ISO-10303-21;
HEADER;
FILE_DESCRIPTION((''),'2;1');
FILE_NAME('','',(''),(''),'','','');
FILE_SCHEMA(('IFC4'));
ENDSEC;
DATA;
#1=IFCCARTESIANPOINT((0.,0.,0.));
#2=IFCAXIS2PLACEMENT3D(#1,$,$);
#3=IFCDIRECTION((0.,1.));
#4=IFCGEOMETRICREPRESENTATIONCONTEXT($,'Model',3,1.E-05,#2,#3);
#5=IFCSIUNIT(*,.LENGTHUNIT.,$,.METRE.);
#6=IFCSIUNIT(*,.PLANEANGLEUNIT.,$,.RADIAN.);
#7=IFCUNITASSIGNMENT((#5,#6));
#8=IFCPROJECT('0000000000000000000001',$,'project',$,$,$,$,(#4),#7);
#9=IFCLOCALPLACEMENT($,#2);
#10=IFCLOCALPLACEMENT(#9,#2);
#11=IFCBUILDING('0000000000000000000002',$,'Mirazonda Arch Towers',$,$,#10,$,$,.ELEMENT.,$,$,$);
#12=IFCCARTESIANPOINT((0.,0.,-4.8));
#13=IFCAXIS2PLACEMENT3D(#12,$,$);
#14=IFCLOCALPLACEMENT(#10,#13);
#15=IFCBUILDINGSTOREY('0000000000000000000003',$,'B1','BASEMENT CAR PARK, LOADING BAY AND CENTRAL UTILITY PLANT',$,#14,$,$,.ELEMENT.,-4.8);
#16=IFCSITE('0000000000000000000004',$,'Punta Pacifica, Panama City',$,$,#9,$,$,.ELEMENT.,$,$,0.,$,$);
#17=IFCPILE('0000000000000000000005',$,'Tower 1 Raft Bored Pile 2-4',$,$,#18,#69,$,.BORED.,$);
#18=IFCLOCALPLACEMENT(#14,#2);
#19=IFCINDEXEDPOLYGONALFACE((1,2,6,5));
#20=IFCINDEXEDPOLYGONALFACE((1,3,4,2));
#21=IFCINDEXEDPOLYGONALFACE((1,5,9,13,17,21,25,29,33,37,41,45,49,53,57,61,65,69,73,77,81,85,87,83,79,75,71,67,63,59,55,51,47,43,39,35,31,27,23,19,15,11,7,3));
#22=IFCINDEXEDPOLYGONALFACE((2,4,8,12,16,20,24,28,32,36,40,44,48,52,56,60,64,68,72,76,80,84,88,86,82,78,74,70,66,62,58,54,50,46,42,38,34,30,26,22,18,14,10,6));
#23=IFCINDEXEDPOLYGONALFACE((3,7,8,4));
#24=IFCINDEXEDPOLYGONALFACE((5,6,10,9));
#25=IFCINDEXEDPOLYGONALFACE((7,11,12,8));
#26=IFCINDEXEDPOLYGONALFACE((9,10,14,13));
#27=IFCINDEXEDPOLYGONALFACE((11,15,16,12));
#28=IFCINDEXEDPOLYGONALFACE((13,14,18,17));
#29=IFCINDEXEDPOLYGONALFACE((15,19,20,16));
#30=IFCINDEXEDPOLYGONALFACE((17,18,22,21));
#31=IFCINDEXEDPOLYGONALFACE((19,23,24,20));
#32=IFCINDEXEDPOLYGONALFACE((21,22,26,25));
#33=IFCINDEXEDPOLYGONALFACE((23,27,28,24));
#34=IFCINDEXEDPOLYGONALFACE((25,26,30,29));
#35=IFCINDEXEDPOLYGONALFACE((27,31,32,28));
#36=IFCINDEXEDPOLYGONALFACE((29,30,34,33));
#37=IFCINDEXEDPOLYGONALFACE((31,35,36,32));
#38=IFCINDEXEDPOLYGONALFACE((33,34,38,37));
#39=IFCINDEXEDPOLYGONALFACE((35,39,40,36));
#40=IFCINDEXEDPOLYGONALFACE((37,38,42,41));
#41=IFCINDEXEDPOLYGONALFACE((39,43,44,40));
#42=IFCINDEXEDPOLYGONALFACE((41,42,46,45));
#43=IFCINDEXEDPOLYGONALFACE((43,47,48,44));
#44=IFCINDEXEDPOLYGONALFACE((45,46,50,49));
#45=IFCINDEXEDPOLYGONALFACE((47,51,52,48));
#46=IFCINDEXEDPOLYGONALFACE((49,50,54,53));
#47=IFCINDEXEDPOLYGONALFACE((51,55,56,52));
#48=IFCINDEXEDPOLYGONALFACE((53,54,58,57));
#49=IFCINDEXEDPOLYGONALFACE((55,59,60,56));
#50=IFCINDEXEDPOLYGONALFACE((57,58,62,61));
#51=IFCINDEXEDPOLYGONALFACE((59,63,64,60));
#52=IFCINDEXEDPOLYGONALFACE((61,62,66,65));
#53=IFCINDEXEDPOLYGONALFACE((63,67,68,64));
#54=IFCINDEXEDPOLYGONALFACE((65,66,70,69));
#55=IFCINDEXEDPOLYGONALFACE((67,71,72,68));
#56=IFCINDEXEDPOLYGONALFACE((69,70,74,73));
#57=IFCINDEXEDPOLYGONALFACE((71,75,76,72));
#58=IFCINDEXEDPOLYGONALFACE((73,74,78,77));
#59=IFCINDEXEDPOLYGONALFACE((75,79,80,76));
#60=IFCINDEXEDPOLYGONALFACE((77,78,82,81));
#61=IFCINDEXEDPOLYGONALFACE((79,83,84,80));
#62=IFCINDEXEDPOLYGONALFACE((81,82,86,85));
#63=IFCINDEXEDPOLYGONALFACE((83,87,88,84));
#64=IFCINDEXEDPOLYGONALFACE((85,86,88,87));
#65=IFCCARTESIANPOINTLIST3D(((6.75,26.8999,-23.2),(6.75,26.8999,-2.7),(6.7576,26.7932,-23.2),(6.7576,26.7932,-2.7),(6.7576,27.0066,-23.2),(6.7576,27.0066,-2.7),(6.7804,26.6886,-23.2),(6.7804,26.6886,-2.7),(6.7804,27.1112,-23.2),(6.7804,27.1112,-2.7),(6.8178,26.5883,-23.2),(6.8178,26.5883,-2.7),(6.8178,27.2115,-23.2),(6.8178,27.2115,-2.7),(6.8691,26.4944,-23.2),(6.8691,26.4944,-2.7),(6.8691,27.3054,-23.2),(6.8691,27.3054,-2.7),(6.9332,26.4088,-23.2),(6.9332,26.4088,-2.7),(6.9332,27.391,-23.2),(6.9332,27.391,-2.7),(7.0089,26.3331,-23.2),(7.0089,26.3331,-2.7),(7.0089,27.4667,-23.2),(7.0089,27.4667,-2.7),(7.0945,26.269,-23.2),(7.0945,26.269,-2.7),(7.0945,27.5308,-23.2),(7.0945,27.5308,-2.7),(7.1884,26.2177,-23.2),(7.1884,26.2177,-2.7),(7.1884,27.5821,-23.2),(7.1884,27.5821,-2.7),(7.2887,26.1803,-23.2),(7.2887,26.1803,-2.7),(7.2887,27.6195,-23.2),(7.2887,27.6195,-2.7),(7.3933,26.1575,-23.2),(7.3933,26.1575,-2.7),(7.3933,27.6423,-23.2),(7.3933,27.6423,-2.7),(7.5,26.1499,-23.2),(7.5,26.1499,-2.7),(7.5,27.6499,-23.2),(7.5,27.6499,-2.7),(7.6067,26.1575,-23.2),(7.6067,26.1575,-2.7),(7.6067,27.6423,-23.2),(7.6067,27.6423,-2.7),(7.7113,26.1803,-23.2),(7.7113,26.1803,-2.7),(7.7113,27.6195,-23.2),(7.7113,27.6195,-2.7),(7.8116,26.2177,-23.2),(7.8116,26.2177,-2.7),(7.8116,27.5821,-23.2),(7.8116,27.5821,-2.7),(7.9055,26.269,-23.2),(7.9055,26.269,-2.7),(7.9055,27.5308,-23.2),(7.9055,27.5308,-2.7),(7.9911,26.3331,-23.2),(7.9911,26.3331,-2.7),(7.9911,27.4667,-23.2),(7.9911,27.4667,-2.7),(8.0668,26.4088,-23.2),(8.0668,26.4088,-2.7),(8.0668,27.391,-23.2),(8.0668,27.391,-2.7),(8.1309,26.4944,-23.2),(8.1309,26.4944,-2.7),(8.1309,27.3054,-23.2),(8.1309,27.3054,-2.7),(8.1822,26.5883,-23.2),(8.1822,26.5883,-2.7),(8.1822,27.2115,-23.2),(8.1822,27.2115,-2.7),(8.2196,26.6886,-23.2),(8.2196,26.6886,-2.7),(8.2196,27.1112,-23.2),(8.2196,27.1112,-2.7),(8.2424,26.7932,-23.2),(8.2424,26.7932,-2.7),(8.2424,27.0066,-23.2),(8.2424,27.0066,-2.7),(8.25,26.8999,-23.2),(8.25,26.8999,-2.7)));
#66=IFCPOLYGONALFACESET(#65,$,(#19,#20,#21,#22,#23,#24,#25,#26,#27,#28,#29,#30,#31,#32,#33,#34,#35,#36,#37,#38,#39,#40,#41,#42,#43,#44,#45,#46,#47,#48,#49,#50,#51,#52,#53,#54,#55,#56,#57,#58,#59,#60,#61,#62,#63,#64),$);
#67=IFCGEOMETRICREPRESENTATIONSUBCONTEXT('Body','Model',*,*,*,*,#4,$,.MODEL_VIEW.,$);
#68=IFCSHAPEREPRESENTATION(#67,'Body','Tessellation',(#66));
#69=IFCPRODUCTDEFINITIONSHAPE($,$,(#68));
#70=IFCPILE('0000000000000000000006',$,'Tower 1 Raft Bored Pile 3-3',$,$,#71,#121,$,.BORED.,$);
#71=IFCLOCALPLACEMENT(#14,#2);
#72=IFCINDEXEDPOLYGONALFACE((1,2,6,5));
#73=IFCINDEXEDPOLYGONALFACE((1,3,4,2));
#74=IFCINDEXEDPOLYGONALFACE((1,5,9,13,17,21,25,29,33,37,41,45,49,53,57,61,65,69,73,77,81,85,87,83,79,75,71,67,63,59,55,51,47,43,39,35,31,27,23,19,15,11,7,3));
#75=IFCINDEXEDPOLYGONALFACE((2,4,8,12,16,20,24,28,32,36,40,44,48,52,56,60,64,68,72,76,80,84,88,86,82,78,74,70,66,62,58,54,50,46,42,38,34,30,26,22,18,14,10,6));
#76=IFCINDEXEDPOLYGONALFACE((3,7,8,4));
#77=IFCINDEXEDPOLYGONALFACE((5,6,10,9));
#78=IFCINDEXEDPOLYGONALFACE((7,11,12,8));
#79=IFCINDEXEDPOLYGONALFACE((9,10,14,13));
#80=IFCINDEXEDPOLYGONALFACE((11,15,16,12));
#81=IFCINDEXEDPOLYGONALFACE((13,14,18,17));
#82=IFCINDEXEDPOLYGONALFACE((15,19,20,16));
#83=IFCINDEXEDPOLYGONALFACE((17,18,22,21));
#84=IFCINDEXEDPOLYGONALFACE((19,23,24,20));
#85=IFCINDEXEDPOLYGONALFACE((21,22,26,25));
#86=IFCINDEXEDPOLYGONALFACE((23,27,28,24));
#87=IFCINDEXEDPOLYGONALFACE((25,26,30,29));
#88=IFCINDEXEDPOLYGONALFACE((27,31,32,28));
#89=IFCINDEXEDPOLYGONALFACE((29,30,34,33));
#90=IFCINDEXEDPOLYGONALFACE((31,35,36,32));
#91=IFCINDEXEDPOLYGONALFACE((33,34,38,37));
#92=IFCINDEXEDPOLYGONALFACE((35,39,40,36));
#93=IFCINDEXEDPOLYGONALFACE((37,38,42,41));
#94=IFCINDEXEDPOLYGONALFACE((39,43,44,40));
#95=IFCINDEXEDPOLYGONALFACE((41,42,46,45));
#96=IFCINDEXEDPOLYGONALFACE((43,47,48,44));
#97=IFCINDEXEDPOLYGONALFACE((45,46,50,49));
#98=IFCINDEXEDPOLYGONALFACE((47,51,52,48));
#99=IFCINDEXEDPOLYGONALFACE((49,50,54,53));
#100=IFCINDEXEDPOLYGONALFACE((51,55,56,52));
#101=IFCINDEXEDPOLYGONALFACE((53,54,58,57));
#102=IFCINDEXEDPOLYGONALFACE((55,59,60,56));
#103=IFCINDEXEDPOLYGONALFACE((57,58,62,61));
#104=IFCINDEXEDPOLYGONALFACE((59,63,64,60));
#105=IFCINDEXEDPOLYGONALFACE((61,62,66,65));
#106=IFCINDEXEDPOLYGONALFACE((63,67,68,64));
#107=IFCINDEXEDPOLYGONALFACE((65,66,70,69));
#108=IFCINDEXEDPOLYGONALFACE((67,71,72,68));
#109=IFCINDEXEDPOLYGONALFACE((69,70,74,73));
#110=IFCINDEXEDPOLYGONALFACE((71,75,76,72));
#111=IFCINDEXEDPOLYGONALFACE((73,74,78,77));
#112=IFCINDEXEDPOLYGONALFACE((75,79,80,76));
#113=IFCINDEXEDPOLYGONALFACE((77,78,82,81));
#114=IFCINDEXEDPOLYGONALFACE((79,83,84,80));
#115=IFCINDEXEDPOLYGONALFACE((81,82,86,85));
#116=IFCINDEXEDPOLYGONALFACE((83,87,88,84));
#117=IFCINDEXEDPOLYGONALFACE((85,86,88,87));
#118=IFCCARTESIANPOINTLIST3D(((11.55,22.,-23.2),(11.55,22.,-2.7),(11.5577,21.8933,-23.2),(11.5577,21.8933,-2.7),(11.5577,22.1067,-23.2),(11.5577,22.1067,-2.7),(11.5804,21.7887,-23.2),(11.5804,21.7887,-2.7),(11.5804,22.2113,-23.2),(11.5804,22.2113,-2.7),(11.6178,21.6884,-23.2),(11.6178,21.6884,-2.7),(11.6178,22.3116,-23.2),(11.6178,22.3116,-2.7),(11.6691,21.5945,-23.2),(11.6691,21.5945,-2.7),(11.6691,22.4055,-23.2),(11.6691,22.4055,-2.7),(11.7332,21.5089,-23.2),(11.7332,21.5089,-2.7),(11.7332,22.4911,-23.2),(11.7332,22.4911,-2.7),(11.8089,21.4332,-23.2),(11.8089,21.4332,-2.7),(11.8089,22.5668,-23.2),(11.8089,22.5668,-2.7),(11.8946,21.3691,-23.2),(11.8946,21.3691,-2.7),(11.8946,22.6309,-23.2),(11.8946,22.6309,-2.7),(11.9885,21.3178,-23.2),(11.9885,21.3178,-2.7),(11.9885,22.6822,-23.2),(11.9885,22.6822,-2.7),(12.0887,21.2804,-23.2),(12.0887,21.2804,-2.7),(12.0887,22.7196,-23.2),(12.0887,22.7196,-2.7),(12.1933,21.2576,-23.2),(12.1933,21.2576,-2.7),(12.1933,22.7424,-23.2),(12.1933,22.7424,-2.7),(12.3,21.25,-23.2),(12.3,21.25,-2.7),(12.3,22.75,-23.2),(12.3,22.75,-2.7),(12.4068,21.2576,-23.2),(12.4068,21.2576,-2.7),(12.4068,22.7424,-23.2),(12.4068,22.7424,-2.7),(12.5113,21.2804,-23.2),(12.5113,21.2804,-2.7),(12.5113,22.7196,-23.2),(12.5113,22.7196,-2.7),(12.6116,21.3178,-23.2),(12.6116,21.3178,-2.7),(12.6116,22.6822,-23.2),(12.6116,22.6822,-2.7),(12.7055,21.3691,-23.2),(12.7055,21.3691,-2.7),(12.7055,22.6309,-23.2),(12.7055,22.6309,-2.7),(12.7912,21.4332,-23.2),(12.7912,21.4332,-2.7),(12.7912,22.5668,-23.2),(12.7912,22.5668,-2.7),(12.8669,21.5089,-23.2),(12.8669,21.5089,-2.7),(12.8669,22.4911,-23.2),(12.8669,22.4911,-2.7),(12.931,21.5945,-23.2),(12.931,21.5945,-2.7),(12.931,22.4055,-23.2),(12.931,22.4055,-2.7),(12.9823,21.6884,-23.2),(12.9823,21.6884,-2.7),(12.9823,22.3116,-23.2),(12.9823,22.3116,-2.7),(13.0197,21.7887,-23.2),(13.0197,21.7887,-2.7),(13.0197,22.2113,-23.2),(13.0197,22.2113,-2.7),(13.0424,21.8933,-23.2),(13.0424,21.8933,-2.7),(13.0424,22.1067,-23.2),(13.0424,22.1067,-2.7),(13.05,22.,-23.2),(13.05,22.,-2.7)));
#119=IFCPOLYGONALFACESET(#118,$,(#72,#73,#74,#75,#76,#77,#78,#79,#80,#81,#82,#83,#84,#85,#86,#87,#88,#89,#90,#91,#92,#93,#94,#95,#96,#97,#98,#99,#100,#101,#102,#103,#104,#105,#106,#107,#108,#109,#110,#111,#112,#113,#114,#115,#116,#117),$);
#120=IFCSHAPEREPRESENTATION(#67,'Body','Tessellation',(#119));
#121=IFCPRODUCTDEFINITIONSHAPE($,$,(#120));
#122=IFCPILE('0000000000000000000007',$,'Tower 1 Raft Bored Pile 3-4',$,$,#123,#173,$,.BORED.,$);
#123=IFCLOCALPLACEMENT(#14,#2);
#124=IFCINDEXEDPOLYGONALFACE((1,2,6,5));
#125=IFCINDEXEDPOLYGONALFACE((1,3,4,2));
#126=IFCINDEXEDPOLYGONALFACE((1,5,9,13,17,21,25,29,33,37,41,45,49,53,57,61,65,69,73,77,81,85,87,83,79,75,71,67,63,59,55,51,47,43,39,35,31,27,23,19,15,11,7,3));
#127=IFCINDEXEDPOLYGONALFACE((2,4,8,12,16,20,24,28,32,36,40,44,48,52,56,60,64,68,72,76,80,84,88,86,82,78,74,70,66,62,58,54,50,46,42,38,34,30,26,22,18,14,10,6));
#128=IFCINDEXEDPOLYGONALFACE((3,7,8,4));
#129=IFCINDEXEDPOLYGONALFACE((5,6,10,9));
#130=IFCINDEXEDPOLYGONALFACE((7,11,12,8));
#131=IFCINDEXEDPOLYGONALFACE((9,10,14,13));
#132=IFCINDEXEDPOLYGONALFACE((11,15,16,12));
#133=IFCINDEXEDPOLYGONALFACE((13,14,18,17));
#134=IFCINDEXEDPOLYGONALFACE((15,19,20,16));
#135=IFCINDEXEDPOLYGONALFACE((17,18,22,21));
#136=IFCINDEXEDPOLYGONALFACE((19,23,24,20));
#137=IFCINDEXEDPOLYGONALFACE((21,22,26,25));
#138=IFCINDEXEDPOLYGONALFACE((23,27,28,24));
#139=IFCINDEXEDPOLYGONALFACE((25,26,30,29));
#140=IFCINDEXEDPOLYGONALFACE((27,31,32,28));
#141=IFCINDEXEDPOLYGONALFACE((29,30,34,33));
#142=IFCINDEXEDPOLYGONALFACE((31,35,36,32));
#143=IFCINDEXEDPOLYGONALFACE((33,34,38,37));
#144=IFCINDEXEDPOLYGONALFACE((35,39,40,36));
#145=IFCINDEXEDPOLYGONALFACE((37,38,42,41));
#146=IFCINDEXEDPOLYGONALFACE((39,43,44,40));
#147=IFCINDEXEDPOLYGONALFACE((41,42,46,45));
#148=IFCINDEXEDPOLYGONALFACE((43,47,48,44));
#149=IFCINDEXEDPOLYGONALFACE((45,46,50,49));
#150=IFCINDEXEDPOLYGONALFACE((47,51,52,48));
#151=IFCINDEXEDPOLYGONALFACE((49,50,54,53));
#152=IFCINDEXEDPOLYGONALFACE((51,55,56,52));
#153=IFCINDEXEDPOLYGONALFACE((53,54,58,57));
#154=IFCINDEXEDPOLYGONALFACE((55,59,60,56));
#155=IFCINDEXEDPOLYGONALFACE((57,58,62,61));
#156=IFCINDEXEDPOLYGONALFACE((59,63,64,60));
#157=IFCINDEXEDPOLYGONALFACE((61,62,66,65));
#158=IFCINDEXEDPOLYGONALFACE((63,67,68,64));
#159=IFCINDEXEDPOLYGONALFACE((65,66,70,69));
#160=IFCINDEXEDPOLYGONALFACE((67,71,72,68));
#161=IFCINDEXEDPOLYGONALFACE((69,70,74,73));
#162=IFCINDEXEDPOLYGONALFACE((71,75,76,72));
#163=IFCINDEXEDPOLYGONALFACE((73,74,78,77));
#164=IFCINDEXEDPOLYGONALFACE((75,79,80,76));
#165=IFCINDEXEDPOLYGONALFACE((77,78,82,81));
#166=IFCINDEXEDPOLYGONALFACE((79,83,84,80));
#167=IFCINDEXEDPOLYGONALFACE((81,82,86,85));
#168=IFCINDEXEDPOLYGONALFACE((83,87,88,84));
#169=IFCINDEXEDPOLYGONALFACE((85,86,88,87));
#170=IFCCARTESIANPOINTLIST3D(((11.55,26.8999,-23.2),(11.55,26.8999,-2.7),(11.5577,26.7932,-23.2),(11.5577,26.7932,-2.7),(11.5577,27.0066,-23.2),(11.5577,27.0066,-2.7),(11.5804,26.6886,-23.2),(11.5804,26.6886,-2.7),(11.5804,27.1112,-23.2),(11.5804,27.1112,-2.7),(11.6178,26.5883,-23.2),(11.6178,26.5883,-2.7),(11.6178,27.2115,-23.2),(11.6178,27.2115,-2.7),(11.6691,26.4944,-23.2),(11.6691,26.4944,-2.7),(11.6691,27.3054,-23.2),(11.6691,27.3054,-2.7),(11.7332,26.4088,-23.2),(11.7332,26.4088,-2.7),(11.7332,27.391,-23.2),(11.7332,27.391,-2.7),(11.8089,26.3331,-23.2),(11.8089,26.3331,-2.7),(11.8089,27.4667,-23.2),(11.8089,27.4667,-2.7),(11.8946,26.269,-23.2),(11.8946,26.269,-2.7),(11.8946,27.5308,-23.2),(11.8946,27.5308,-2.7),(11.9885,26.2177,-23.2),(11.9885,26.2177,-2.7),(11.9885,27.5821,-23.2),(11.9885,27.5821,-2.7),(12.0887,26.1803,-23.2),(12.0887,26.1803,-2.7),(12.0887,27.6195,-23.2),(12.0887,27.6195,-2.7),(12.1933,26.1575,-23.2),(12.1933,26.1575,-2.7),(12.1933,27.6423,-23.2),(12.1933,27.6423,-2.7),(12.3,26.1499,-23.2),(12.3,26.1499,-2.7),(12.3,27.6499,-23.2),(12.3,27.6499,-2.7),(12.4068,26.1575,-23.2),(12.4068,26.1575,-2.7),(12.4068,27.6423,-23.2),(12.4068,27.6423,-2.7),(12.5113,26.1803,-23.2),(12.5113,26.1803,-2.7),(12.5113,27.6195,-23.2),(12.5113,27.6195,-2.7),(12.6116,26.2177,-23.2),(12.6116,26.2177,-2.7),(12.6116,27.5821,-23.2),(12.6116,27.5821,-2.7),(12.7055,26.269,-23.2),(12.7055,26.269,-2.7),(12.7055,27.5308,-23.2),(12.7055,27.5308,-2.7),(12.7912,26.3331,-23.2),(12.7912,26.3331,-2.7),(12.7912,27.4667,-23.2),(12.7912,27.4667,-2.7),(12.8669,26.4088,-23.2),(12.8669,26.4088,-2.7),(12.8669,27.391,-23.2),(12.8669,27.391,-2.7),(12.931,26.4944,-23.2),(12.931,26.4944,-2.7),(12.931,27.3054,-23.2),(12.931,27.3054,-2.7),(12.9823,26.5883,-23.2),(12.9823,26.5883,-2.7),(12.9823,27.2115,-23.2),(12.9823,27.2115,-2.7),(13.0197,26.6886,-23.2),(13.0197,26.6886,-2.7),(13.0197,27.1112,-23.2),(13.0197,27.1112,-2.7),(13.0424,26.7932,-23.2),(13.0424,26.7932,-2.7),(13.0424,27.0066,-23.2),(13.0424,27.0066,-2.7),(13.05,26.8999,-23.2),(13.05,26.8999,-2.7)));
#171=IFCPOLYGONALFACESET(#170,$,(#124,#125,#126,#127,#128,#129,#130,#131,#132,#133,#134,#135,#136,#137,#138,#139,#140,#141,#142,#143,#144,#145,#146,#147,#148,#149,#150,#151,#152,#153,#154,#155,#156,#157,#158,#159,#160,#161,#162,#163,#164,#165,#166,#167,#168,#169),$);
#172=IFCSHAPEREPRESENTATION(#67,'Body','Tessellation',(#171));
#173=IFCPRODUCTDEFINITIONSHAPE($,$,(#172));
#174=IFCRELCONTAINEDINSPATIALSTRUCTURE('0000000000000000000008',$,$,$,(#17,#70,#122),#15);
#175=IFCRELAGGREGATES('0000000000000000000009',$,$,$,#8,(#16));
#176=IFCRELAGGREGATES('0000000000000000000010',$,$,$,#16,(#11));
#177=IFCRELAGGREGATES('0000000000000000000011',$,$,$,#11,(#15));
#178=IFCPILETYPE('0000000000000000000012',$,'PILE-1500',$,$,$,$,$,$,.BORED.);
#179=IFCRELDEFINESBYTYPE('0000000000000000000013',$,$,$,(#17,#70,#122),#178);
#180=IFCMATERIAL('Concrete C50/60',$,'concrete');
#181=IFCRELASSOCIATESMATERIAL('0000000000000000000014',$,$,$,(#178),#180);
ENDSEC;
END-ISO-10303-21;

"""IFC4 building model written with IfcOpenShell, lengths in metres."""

from ifc_helpers import new_model, si_unit, direction, frame, origin, origin_2d, place, context, subcontext, project, spatial, circle, extrude, material, material_profile, profile_set, type_object, element, save


model = new_model("IFC4")

# Units and contexts
model_context = context("Model", 3, precision=1e-05, world=origin(), true_north=direction((0.0, 1.0)))
body_context = subcontext(model_context, "Body", "Model", "MODEL_VIEW")
ifc_project = project(units=[si_unit("LENGTHUNIT", "METRE"), si_unit("PLANEANGLEUNIT", "RADIAN")], contexts=[model_context])

# Site, building, storey
site_placement = place(None, origin())
site = spatial("IfcSite", under=ifc_project, at=site_placement, Name="Punta Pacifica, Panama City", CompositionType="ELEMENT", RefElevation=0.0)
building_placement = place(site_placement, origin())
building = spatial("IfcBuilding", under=site, at=building_placement, Name="Mirazonda Arch Towers", CompositionType="ELEMENT")
storey_placement = place(building_placement, frame((0.0, 0.0, -4.8)))
storey = spatial("IfcBuildingStorey", under=building, at=storey_placement, Name="B1", Description="BASEMENT CAR PARK, LOADING BAY AND CENTRAL UTILITY PLANT", CompositionType="ELEMENT", Elevation=-4.8)

# Piles
ifc_material_1 = material(Name="Concrete C50/60", Category="concrete")
ifc_material_profile_1 = material_profile(ifc_material_1, circle(Radius=0.75, at=origin_2d()), Name="BORED-D1500")
ifc_profile_set_1 = profile_set([ifc_material_profile_1], Name="Concrete C50/60")
pile_type = type_object("IfcPileType", Name="PILE-1500", PredefinedType="BORED", material=ifc_profile_set_1)
for number, where, z_axis, x_axis, name in (
    (1, (7.5, 26.8999, -2.7), (0.0, 0.0, -1.0), (1.0, 0.0, 0.0), "Tower 1 Raft Bored Pile 2-4"),
    (2, (12.3, 22.0, -2.7), (0.0, 0.0, -1.0), (1.0, 0.0, 0.0), "Tower 1 Raft Bored Pile 3-3"),
    (3, (12.3, 26.8999, -2.7), (0.0, 0.0, -1.0), (1.0, 0.0, 0.0), "Tower 1 Raft Bored Pile 3-4"),
):
    element("IfcPile", number, at=place(storey_placement, frame(where, z_axis=z_axis, x_axis=x_axis)), inside=storey, type_object=pile_type, Name=name, PredefinedType="BORED", context=body_context, shape_type="SweptSolid", body=[
        extrude(circle(Radius=0.75, at=origin_2d()), origin(), (0.0, 0.0, 1.0), 20.5),
    ])

save(model, "model.ifc")
